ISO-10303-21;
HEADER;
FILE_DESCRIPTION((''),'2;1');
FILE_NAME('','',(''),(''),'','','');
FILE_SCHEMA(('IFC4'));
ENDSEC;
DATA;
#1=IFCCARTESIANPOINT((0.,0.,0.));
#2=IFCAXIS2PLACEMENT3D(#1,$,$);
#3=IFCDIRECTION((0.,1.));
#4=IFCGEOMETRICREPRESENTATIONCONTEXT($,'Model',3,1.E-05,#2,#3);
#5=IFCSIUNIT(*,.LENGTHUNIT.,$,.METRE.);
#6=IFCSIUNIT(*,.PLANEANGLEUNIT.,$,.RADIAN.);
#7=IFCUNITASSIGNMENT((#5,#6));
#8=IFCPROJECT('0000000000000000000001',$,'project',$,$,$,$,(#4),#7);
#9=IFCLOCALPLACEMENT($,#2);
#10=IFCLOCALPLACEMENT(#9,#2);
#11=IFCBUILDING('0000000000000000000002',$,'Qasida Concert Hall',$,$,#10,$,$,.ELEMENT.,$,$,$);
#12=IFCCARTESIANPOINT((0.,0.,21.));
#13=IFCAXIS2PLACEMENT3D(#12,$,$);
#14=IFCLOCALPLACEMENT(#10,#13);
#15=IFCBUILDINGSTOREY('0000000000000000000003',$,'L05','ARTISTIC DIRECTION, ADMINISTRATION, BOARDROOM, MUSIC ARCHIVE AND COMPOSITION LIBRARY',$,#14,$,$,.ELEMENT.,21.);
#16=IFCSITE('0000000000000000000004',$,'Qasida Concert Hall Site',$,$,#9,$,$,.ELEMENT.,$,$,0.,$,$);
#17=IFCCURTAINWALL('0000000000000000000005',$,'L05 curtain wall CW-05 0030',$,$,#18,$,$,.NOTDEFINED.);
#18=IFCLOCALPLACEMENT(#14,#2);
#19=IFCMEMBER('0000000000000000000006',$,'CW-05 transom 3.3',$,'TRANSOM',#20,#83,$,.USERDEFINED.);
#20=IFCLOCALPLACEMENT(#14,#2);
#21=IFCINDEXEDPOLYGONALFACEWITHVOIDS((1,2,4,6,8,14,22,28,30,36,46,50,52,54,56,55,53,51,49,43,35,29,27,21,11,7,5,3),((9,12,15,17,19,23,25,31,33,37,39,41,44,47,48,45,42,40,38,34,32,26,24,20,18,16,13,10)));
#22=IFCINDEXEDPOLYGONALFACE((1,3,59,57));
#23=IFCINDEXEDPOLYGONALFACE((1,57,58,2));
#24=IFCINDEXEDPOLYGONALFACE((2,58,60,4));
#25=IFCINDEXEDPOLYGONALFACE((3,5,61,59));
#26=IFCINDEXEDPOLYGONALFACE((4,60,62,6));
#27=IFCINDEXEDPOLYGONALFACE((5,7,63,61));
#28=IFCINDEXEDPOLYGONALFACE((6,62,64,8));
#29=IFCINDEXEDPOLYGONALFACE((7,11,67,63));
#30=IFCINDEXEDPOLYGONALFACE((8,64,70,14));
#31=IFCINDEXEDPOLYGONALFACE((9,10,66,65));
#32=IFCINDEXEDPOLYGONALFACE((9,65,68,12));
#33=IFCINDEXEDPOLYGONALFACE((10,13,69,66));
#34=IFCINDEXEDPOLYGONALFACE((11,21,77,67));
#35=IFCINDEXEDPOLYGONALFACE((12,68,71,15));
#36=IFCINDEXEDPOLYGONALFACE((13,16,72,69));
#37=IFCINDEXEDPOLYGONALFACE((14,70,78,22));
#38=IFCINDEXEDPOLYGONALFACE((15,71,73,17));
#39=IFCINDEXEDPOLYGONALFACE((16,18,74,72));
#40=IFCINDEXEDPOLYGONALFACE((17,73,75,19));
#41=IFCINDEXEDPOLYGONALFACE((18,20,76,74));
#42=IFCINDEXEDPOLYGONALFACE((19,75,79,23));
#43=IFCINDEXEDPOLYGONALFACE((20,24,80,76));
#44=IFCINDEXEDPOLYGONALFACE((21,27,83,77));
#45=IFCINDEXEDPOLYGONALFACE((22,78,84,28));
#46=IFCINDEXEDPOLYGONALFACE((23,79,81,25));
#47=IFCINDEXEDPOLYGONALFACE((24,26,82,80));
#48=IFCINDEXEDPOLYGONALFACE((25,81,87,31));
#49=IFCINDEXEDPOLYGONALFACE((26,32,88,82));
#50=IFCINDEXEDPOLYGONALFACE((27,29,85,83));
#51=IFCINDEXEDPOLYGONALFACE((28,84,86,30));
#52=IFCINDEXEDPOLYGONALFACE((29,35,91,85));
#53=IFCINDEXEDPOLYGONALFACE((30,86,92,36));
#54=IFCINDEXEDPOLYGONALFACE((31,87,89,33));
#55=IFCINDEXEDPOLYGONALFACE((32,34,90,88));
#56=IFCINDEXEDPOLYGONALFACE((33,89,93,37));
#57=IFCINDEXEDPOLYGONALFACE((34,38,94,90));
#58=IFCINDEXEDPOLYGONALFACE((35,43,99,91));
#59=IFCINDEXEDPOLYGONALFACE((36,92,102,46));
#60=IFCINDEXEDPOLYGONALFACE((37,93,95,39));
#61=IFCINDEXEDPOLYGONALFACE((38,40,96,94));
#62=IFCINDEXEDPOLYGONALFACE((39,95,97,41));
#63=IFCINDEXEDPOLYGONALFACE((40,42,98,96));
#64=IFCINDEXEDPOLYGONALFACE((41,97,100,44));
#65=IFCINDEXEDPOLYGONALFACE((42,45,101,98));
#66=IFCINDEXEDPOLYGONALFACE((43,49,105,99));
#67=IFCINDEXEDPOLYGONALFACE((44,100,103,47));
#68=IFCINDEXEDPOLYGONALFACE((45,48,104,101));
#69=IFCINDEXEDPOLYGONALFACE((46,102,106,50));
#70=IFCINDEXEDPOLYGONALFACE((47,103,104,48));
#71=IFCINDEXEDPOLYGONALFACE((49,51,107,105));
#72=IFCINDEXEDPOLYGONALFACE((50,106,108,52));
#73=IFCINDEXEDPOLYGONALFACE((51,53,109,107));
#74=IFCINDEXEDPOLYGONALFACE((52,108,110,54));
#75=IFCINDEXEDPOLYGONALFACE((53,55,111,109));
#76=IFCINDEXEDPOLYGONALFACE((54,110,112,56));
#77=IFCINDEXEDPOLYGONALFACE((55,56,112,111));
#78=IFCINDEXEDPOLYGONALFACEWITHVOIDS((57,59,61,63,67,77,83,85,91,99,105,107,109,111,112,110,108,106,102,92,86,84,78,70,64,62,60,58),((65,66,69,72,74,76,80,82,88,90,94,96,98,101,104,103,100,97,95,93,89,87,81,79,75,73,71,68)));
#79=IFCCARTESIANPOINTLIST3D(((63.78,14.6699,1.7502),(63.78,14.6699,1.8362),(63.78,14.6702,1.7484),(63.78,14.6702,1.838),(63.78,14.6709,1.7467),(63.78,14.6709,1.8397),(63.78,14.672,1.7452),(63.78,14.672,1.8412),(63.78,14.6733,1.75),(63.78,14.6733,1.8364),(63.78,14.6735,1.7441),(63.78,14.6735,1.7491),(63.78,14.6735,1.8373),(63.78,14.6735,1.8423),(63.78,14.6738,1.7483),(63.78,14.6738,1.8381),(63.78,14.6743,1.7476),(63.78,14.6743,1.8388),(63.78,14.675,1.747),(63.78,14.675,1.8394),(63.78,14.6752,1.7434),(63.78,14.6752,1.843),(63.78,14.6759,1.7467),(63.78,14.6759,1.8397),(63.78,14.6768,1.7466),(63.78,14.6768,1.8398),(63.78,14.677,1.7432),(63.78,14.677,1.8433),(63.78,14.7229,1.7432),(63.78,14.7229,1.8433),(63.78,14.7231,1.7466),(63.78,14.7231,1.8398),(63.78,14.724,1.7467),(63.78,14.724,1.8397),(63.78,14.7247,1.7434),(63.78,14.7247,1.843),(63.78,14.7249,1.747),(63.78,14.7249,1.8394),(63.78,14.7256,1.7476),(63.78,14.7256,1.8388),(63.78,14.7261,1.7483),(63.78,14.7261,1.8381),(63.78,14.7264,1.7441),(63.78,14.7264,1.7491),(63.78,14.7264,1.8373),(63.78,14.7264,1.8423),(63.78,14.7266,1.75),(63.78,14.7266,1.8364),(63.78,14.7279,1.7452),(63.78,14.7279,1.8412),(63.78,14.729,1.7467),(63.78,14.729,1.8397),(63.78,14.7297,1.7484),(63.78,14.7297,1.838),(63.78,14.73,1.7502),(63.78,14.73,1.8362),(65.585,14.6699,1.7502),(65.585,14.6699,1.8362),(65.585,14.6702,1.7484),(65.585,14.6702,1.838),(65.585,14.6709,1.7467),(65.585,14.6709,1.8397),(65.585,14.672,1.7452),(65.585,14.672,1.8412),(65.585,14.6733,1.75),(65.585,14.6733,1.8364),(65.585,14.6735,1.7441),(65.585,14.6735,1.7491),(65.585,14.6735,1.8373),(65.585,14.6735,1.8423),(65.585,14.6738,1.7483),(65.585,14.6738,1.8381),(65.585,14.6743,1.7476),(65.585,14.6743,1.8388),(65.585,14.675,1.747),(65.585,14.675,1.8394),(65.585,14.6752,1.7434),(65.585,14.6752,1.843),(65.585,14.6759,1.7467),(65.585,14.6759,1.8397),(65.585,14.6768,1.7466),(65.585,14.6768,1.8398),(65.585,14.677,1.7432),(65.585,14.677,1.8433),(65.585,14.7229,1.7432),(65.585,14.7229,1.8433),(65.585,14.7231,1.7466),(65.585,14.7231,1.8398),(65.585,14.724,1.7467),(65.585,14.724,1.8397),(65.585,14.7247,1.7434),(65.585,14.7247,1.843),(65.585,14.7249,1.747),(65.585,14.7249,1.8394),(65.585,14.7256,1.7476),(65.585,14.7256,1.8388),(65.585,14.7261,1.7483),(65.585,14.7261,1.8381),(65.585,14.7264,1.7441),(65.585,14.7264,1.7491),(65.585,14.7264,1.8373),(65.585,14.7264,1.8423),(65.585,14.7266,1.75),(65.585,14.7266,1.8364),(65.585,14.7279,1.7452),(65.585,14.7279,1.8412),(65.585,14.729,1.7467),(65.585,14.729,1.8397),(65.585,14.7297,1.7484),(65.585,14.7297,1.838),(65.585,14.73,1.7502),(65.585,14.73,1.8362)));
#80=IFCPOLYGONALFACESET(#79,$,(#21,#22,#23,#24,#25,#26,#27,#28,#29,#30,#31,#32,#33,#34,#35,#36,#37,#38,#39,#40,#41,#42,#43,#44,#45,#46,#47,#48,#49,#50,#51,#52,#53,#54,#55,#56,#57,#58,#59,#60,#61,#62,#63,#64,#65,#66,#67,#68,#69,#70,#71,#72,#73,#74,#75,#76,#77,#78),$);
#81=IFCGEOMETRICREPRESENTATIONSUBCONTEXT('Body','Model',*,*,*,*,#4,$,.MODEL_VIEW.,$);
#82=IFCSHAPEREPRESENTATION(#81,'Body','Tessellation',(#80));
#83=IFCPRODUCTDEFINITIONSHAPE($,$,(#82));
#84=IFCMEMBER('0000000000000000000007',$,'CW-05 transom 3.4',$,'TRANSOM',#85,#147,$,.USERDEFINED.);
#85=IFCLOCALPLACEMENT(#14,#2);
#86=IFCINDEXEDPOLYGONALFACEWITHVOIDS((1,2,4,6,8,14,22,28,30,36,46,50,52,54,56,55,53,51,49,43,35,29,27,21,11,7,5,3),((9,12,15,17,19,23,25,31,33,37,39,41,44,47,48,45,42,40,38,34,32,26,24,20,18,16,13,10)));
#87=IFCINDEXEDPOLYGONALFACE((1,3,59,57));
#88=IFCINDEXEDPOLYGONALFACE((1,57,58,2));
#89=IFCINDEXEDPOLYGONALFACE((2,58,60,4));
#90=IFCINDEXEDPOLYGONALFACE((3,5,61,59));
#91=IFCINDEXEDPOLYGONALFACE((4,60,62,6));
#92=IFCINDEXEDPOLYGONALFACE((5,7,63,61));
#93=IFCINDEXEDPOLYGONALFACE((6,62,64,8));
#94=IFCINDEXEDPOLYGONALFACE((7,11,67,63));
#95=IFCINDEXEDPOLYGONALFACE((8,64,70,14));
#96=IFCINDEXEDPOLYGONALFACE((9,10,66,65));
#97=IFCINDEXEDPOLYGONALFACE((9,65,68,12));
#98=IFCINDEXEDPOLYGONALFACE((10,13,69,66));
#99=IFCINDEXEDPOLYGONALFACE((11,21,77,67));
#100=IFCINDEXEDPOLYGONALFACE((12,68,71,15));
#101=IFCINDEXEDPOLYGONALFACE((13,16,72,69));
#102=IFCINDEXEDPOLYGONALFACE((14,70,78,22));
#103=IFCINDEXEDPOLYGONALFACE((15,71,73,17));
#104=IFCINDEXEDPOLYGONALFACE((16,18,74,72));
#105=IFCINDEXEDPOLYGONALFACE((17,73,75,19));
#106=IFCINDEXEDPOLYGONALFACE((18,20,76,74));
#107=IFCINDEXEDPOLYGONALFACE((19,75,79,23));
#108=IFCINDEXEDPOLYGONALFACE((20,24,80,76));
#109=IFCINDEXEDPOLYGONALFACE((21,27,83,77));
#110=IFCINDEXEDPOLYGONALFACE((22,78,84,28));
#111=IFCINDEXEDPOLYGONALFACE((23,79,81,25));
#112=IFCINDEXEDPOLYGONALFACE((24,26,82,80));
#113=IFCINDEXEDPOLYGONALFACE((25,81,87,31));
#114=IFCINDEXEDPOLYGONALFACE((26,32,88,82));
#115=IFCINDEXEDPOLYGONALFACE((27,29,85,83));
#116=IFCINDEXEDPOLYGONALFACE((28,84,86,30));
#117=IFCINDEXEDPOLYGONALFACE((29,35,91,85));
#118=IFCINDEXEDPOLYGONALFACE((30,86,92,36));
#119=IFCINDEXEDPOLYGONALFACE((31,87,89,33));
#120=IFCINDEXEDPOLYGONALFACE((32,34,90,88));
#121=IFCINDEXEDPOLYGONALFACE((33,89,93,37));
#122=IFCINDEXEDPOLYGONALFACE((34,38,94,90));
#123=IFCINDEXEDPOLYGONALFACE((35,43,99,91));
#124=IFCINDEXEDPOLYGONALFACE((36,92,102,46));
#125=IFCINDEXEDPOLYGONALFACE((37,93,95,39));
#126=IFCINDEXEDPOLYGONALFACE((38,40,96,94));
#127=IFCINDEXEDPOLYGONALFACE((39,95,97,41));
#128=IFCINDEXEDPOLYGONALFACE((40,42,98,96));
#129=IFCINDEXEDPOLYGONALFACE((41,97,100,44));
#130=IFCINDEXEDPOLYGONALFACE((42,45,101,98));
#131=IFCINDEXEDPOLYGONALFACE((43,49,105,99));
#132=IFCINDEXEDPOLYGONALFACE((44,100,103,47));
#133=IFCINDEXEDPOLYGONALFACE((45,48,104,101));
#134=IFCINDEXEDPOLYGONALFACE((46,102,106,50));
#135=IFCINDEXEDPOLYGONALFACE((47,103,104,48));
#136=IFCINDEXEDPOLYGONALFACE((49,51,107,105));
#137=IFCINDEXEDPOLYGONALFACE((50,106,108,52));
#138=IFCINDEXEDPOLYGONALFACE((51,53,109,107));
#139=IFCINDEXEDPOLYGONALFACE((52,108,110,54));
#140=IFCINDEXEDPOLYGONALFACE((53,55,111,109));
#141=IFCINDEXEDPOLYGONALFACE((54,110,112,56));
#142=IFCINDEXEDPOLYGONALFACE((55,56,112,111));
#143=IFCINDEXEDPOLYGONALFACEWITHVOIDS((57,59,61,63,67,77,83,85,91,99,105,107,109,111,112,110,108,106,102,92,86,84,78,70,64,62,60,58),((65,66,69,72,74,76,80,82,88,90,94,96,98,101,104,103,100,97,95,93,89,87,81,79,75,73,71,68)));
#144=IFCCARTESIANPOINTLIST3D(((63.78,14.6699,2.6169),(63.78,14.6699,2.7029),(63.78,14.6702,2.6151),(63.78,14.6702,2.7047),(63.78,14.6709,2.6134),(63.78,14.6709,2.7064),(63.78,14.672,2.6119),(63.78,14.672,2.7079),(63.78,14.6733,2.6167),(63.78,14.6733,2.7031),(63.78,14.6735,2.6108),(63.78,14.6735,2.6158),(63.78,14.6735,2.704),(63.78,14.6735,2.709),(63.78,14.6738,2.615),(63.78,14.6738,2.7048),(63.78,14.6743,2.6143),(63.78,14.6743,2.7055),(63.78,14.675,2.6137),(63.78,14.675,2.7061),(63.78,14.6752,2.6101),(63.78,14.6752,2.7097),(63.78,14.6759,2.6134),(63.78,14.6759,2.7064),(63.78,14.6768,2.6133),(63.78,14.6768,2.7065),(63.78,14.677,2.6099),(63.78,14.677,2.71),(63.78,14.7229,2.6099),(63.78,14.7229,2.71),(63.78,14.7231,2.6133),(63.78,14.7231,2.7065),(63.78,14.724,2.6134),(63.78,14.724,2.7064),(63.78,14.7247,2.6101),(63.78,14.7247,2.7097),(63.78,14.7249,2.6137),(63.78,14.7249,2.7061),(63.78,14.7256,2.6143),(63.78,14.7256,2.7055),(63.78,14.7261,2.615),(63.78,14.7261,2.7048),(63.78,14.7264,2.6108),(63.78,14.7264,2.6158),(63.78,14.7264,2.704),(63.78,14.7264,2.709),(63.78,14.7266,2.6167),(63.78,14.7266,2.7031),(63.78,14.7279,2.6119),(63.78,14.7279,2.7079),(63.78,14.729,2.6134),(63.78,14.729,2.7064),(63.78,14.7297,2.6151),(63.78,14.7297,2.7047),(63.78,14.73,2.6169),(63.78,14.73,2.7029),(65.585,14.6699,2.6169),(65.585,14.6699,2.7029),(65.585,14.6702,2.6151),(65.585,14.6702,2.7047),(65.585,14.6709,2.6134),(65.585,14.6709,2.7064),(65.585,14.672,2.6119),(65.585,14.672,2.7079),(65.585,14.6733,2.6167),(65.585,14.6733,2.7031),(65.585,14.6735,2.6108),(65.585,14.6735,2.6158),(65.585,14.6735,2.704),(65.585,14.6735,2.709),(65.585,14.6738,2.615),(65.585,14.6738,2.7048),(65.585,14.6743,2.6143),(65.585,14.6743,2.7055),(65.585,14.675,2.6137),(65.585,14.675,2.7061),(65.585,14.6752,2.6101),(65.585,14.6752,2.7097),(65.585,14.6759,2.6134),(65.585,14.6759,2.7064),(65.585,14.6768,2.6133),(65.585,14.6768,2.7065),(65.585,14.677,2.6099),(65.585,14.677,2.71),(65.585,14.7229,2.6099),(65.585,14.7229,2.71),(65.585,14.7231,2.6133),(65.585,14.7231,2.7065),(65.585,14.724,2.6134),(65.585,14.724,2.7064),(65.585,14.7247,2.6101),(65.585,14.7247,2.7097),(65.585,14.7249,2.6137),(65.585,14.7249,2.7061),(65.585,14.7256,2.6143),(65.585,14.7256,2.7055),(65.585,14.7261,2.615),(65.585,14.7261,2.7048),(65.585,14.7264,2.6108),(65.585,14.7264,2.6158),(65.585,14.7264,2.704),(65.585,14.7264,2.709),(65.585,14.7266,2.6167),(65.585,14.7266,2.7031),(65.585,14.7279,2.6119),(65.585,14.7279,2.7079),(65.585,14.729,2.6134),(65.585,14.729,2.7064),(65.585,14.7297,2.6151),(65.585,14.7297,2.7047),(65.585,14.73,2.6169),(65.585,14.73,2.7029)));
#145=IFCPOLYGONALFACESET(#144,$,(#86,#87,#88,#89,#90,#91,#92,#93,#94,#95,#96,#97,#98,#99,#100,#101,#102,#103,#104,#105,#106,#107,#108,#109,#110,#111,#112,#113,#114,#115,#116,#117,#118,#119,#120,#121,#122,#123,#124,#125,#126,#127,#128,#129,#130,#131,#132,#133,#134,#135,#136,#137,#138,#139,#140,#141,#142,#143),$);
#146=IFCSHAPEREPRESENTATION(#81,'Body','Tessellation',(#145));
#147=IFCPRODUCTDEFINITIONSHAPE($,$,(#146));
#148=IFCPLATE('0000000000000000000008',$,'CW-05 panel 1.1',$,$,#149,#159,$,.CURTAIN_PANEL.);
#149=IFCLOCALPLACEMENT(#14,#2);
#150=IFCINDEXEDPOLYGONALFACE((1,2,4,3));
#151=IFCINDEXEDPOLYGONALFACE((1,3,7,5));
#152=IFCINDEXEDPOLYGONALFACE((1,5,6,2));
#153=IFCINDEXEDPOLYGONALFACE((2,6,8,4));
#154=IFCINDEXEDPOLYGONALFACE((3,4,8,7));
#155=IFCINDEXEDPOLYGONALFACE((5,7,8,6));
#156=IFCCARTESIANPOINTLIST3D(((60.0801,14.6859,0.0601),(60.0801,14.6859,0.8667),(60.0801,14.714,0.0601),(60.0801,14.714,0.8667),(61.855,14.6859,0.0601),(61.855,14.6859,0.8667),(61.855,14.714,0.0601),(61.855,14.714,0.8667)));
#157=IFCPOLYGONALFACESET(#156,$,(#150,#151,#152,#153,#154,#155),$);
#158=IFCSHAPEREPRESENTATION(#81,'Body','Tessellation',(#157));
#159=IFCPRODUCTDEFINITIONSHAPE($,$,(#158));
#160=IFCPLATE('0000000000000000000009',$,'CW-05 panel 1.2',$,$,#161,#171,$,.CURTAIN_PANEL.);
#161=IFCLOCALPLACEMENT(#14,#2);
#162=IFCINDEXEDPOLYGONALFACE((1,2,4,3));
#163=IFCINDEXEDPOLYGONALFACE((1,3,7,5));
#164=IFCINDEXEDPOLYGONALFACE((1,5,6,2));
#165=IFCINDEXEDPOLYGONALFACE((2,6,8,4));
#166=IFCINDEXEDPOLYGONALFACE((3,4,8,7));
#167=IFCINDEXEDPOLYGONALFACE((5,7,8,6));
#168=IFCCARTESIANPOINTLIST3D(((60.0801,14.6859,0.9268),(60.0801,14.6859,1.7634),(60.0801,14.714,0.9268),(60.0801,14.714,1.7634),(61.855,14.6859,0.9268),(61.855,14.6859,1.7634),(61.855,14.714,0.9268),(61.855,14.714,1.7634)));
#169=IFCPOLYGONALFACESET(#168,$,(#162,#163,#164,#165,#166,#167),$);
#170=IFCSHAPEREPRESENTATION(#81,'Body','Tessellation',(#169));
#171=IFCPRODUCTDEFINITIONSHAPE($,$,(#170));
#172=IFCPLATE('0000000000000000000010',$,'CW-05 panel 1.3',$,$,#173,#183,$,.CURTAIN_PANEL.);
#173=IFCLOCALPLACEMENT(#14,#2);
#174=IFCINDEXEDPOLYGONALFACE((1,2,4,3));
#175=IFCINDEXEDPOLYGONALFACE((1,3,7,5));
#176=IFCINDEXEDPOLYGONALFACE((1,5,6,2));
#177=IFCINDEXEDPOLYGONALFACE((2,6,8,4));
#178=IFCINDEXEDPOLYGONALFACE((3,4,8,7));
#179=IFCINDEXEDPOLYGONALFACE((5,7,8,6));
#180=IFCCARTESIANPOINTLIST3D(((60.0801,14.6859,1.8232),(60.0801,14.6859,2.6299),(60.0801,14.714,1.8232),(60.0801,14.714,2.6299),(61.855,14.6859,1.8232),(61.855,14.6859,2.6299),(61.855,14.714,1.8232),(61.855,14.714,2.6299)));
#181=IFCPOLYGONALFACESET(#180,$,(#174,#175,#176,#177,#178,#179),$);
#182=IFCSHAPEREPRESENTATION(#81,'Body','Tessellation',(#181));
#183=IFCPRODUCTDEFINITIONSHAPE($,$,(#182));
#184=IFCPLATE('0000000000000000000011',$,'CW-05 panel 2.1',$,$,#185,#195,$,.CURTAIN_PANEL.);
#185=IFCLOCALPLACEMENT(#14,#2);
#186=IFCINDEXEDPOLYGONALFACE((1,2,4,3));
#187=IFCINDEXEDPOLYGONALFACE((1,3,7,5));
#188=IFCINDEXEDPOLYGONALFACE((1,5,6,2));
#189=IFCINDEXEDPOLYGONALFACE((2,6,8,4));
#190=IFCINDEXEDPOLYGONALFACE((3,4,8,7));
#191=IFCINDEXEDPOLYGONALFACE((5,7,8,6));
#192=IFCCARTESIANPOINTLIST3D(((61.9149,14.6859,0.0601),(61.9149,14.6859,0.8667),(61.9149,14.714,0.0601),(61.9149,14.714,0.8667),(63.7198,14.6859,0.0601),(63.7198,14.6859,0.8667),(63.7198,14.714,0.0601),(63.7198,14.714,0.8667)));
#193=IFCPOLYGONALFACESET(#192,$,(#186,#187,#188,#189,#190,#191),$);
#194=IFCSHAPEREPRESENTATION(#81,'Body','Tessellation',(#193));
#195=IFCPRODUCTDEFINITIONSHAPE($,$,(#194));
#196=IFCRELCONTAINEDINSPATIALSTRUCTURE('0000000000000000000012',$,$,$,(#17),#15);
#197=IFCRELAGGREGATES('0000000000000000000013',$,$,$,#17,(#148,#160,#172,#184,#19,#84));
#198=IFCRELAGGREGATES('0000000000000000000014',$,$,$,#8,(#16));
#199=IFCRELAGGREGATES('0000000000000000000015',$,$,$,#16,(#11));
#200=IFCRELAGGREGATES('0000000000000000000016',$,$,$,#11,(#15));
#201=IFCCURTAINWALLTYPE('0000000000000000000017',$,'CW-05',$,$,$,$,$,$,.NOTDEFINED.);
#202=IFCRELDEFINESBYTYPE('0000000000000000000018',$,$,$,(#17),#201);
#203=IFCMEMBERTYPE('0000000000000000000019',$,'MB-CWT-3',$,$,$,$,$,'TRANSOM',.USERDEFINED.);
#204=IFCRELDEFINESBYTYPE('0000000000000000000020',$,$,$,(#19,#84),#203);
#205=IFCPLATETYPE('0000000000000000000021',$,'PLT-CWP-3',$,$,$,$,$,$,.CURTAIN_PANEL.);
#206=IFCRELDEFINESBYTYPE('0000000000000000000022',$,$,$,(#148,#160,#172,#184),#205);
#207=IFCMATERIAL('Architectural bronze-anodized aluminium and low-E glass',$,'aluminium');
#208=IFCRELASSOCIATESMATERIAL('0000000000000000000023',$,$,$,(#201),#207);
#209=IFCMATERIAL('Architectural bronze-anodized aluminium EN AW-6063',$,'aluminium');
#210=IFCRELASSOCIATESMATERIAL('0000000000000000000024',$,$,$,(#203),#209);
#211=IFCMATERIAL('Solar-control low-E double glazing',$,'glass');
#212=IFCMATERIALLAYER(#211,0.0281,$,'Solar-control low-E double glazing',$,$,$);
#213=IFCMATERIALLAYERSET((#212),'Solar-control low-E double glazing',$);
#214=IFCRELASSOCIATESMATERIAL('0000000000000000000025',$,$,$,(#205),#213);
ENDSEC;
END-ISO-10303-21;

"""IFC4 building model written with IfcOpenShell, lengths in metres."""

from ifc_helpers import new_model, si_unit, direction, frame, origin, origin_2d, place, context, subcontext, project, spatial, rectangle, hollow_rectangle, extrude, material, layer, layer_set, material_profile, profile_set, type_object, element, aggregate, save


model = new_model("IFC4")

# Units and contexts
model_context = context("Model", 3, precision=1e-05, world=origin(), true_north=direction((0.0, 1.0)))
body_context = subcontext(model_context, "Body", "Model", "MODEL_VIEW")
ifc_project = project(units=[si_unit("LENGTHUNIT", "METRE"), si_unit("PLANEANGLEUNIT", "RADIAN")], contexts=[model_context])

# Site, building, storey
site_placement = place(None, origin())
site = spatial("IfcSite", under=ifc_project, at=site_placement, Name="Qasida Concert Hall Site", CompositionType="ELEMENT", RefElevation=0.0)
building_placement = place(site_placement, origin())
building = spatial("IfcBuilding", under=site, at=building_placement, Name="Qasida Concert Hall", CompositionType="ELEMENT")
storey_placement = place(building_placement, frame((0.0, 0.0, 21.0)))
storey = spatial("IfcBuildingStorey", under=building, at=storey_placement, Name="L05", Description="ARTISTIC DIRECTION, ADMINISTRATION, BOARDROOM, MUSIC ARCHIVE AND COMPOSITION LIBRARY", CompositionType="ELEMENT", Elevation=21.0)

# Curtain wall, members, plates
ifc_material_1 = material(Name="Architectural bronze-anodized aluminium and low-E glass", Category="aluminium")
curtain_wall_type = type_object("IfcCurtainWallType", Name="CW-05", PredefinedType="NOTDEFINED", material=ifc_material_1)
curtain_wall_placement = place(storey_placement, origin())
curtain_wall = element("IfcCurtainWall", 1, at=curtain_wall_placement, inside=storey, type_object=curtain_wall_type, Name="L05 curtain wall CW-05 0030", PredefinedType="NOTDEFINED")
ifc_material_2 = material(Name="Architectural bronze-anodized aluminium EN AW-6063", Category="aluminium")
ifc_material_profile_1 = material_profile(ifc_material_2, hollow_rectangle(XDim=0.0601, YDim=0.1001, WallThickness=0.0034, InnerFilletRadius=0.0034, OuterFilletRadius=0.0071, at=origin_2d()), Name="CWT 100x60x3.5")
ifc_profile_set_1 = profile_set([ifc_material_profile_1], Name="Architectural bronze-anodized aluminium EN AW-6063")
member_type_1 = type_object("IfcMemberType", Name="MB-CWT-3", ElementType="TRANSOM", PredefinedType="USERDEFINED", material=ifc_profile_set_1)
member_1_placement = place(storey_placement, frame((63.78, 14.7, 1.7932), z_axis=(1.0, 0.0, 0.0), x_axis=(0.0, 1.0, 0.0)))
member_1 = element("IfcMember", 2, at=member_1_placement, type_object=member_type_1, Name="CW-05 transom 3.3", ObjectType="TRANSOM", PredefinedType="USERDEFINED", context=body_context, shape_type="SweptSolid", body=[
    extrude(hollow_rectangle(XDim=0.0601, YDim=0.1001, WallThickness=0.0034, InnerFilletRadius=0.0034, OuterFilletRadius=0.0071, at=origin_2d()), origin(), (0.0, 0.0, 1.0), 1.8049),
])
member_2_placement = place(storey_placement, frame((63.78, 14.7, 2.6599), z_axis=(1.0, 0.0, 0.0), x_axis=(0.0, 1.0, 0.0)))
member_2 = element("IfcMember", 3, at=member_2_placement, type_object=member_type_1, Name="CW-05 transom 3.4", ObjectType="TRANSOM", PredefinedType="USERDEFINED", context=body_context, shape_type="SweptSolid", body=[
    extrude(hollow_rectangle(XDim=0.0601, YDim=0.1001, WallThickness=0.0034, InnerFilletRadius=0.0034, OuterFilletRadius=0.0071, at=origin_2d()), origin(), (0.0, 0.0, 1.0), 1.8049),
])
ifc_material_3 = material(Name="Solar-control low-E double glazing", Category="glass")
ifc_layer_1 = layer(ifc_material_3, 0.0281, Name="Solar-control low-E double glazing")
ifc_layer_set_1 = layer_set([ifc_layer_1], Name="Solar-control low-E double glazing")
plate_type = type_object("IfcPlateType", Name="PLT-CWP-3", PredefinedType="CURTAIN_PANEL", material=ifc_layer_set_1)
plate_1_placement = place(storey_placement, frame((60.9675, 14.7, 0.0601), z_axis=(0.0, 0.0, 1.0), x_axis=(1.0, 0.0, 0.0)))
plate_1 = element("IfcPlate", 4, at=plate_1_placement, type_object=plate_type, Name="CW-05 panel 1.1", PredefinedType="CURTAIN_PANEL", context=body_context, shape_type="SweptSolid", body=[
    extrude(rectangle(XDim=1.7749, YDim=0.0281, at=origin_2d()), origin(), (0.0, 0.0, 1.0), 0.8066),
])
plate_2_placement = place(storey_placement, frame((60.9675, 14.7, 0.9268), z_axis=(0.0, 0.0, 1.0), x_axis=(1.0, 0.0, 0.0)))
plate_2 = element("IfcPlate", 5, at=plate_2_placement, type_object=plate_type, Name="CW-05 panel 1.2", PredefinedType="CURTAIN_PANEL", context=body_context, shape_type="SweptSolid", body=[
    extrude(rectangle(XDim=1.7749, YDim=0.0281, at=origin_2d()), origin(), (0.0, 0.0, 1.0), 0.8367),
])
plate_3_placement = place(storey_placement, frame((60.9675, 14.7, 1.8232), z_axis=(0.0, 0.0, 1.0), x_axis=(1.0, 0.0, 0.0)))
plate_3 = element("IfcPlate", 6, at=plate_3_placement, type_object=plate_type, Name="CW-05 panel 1.3", PredefinedType="CURTAIN_PANEL", context=body_context, shape_type="SweptSolid", body=[
    extrude(rectangle(XDim=1.7749, YDim=0.0281, at=origin_2d()), origin(), (0.0, 0.0, 1.0), 0.8066),
])
plate_4_placement = place(storey_placement, frame((62.8174, 14.7, 0.0601), z_axis=(0.0, 0.0, 1.0), x_axis=(1.0, 0.0, 0.0)))
plate_4 = element("IfcPlate", 7, at=plate_4_placement, type_object=plate_type, Name="CW-05 panel 2.1", PredefinedType="CURTAIN_PANEL", context=body_context, shape_type="SweptSolid", body=[
    extrude(rectangle(XDim=1.8049, YDim=0.0281, at=origin_2d()), origin(), (0.0, 0.0, 1.0), 0.8066),
])
aggregate(curtain_wall, [plate_1, plate_2, plate_3, plate_4, member_1, member_2])

save(model, "model.ifc")
